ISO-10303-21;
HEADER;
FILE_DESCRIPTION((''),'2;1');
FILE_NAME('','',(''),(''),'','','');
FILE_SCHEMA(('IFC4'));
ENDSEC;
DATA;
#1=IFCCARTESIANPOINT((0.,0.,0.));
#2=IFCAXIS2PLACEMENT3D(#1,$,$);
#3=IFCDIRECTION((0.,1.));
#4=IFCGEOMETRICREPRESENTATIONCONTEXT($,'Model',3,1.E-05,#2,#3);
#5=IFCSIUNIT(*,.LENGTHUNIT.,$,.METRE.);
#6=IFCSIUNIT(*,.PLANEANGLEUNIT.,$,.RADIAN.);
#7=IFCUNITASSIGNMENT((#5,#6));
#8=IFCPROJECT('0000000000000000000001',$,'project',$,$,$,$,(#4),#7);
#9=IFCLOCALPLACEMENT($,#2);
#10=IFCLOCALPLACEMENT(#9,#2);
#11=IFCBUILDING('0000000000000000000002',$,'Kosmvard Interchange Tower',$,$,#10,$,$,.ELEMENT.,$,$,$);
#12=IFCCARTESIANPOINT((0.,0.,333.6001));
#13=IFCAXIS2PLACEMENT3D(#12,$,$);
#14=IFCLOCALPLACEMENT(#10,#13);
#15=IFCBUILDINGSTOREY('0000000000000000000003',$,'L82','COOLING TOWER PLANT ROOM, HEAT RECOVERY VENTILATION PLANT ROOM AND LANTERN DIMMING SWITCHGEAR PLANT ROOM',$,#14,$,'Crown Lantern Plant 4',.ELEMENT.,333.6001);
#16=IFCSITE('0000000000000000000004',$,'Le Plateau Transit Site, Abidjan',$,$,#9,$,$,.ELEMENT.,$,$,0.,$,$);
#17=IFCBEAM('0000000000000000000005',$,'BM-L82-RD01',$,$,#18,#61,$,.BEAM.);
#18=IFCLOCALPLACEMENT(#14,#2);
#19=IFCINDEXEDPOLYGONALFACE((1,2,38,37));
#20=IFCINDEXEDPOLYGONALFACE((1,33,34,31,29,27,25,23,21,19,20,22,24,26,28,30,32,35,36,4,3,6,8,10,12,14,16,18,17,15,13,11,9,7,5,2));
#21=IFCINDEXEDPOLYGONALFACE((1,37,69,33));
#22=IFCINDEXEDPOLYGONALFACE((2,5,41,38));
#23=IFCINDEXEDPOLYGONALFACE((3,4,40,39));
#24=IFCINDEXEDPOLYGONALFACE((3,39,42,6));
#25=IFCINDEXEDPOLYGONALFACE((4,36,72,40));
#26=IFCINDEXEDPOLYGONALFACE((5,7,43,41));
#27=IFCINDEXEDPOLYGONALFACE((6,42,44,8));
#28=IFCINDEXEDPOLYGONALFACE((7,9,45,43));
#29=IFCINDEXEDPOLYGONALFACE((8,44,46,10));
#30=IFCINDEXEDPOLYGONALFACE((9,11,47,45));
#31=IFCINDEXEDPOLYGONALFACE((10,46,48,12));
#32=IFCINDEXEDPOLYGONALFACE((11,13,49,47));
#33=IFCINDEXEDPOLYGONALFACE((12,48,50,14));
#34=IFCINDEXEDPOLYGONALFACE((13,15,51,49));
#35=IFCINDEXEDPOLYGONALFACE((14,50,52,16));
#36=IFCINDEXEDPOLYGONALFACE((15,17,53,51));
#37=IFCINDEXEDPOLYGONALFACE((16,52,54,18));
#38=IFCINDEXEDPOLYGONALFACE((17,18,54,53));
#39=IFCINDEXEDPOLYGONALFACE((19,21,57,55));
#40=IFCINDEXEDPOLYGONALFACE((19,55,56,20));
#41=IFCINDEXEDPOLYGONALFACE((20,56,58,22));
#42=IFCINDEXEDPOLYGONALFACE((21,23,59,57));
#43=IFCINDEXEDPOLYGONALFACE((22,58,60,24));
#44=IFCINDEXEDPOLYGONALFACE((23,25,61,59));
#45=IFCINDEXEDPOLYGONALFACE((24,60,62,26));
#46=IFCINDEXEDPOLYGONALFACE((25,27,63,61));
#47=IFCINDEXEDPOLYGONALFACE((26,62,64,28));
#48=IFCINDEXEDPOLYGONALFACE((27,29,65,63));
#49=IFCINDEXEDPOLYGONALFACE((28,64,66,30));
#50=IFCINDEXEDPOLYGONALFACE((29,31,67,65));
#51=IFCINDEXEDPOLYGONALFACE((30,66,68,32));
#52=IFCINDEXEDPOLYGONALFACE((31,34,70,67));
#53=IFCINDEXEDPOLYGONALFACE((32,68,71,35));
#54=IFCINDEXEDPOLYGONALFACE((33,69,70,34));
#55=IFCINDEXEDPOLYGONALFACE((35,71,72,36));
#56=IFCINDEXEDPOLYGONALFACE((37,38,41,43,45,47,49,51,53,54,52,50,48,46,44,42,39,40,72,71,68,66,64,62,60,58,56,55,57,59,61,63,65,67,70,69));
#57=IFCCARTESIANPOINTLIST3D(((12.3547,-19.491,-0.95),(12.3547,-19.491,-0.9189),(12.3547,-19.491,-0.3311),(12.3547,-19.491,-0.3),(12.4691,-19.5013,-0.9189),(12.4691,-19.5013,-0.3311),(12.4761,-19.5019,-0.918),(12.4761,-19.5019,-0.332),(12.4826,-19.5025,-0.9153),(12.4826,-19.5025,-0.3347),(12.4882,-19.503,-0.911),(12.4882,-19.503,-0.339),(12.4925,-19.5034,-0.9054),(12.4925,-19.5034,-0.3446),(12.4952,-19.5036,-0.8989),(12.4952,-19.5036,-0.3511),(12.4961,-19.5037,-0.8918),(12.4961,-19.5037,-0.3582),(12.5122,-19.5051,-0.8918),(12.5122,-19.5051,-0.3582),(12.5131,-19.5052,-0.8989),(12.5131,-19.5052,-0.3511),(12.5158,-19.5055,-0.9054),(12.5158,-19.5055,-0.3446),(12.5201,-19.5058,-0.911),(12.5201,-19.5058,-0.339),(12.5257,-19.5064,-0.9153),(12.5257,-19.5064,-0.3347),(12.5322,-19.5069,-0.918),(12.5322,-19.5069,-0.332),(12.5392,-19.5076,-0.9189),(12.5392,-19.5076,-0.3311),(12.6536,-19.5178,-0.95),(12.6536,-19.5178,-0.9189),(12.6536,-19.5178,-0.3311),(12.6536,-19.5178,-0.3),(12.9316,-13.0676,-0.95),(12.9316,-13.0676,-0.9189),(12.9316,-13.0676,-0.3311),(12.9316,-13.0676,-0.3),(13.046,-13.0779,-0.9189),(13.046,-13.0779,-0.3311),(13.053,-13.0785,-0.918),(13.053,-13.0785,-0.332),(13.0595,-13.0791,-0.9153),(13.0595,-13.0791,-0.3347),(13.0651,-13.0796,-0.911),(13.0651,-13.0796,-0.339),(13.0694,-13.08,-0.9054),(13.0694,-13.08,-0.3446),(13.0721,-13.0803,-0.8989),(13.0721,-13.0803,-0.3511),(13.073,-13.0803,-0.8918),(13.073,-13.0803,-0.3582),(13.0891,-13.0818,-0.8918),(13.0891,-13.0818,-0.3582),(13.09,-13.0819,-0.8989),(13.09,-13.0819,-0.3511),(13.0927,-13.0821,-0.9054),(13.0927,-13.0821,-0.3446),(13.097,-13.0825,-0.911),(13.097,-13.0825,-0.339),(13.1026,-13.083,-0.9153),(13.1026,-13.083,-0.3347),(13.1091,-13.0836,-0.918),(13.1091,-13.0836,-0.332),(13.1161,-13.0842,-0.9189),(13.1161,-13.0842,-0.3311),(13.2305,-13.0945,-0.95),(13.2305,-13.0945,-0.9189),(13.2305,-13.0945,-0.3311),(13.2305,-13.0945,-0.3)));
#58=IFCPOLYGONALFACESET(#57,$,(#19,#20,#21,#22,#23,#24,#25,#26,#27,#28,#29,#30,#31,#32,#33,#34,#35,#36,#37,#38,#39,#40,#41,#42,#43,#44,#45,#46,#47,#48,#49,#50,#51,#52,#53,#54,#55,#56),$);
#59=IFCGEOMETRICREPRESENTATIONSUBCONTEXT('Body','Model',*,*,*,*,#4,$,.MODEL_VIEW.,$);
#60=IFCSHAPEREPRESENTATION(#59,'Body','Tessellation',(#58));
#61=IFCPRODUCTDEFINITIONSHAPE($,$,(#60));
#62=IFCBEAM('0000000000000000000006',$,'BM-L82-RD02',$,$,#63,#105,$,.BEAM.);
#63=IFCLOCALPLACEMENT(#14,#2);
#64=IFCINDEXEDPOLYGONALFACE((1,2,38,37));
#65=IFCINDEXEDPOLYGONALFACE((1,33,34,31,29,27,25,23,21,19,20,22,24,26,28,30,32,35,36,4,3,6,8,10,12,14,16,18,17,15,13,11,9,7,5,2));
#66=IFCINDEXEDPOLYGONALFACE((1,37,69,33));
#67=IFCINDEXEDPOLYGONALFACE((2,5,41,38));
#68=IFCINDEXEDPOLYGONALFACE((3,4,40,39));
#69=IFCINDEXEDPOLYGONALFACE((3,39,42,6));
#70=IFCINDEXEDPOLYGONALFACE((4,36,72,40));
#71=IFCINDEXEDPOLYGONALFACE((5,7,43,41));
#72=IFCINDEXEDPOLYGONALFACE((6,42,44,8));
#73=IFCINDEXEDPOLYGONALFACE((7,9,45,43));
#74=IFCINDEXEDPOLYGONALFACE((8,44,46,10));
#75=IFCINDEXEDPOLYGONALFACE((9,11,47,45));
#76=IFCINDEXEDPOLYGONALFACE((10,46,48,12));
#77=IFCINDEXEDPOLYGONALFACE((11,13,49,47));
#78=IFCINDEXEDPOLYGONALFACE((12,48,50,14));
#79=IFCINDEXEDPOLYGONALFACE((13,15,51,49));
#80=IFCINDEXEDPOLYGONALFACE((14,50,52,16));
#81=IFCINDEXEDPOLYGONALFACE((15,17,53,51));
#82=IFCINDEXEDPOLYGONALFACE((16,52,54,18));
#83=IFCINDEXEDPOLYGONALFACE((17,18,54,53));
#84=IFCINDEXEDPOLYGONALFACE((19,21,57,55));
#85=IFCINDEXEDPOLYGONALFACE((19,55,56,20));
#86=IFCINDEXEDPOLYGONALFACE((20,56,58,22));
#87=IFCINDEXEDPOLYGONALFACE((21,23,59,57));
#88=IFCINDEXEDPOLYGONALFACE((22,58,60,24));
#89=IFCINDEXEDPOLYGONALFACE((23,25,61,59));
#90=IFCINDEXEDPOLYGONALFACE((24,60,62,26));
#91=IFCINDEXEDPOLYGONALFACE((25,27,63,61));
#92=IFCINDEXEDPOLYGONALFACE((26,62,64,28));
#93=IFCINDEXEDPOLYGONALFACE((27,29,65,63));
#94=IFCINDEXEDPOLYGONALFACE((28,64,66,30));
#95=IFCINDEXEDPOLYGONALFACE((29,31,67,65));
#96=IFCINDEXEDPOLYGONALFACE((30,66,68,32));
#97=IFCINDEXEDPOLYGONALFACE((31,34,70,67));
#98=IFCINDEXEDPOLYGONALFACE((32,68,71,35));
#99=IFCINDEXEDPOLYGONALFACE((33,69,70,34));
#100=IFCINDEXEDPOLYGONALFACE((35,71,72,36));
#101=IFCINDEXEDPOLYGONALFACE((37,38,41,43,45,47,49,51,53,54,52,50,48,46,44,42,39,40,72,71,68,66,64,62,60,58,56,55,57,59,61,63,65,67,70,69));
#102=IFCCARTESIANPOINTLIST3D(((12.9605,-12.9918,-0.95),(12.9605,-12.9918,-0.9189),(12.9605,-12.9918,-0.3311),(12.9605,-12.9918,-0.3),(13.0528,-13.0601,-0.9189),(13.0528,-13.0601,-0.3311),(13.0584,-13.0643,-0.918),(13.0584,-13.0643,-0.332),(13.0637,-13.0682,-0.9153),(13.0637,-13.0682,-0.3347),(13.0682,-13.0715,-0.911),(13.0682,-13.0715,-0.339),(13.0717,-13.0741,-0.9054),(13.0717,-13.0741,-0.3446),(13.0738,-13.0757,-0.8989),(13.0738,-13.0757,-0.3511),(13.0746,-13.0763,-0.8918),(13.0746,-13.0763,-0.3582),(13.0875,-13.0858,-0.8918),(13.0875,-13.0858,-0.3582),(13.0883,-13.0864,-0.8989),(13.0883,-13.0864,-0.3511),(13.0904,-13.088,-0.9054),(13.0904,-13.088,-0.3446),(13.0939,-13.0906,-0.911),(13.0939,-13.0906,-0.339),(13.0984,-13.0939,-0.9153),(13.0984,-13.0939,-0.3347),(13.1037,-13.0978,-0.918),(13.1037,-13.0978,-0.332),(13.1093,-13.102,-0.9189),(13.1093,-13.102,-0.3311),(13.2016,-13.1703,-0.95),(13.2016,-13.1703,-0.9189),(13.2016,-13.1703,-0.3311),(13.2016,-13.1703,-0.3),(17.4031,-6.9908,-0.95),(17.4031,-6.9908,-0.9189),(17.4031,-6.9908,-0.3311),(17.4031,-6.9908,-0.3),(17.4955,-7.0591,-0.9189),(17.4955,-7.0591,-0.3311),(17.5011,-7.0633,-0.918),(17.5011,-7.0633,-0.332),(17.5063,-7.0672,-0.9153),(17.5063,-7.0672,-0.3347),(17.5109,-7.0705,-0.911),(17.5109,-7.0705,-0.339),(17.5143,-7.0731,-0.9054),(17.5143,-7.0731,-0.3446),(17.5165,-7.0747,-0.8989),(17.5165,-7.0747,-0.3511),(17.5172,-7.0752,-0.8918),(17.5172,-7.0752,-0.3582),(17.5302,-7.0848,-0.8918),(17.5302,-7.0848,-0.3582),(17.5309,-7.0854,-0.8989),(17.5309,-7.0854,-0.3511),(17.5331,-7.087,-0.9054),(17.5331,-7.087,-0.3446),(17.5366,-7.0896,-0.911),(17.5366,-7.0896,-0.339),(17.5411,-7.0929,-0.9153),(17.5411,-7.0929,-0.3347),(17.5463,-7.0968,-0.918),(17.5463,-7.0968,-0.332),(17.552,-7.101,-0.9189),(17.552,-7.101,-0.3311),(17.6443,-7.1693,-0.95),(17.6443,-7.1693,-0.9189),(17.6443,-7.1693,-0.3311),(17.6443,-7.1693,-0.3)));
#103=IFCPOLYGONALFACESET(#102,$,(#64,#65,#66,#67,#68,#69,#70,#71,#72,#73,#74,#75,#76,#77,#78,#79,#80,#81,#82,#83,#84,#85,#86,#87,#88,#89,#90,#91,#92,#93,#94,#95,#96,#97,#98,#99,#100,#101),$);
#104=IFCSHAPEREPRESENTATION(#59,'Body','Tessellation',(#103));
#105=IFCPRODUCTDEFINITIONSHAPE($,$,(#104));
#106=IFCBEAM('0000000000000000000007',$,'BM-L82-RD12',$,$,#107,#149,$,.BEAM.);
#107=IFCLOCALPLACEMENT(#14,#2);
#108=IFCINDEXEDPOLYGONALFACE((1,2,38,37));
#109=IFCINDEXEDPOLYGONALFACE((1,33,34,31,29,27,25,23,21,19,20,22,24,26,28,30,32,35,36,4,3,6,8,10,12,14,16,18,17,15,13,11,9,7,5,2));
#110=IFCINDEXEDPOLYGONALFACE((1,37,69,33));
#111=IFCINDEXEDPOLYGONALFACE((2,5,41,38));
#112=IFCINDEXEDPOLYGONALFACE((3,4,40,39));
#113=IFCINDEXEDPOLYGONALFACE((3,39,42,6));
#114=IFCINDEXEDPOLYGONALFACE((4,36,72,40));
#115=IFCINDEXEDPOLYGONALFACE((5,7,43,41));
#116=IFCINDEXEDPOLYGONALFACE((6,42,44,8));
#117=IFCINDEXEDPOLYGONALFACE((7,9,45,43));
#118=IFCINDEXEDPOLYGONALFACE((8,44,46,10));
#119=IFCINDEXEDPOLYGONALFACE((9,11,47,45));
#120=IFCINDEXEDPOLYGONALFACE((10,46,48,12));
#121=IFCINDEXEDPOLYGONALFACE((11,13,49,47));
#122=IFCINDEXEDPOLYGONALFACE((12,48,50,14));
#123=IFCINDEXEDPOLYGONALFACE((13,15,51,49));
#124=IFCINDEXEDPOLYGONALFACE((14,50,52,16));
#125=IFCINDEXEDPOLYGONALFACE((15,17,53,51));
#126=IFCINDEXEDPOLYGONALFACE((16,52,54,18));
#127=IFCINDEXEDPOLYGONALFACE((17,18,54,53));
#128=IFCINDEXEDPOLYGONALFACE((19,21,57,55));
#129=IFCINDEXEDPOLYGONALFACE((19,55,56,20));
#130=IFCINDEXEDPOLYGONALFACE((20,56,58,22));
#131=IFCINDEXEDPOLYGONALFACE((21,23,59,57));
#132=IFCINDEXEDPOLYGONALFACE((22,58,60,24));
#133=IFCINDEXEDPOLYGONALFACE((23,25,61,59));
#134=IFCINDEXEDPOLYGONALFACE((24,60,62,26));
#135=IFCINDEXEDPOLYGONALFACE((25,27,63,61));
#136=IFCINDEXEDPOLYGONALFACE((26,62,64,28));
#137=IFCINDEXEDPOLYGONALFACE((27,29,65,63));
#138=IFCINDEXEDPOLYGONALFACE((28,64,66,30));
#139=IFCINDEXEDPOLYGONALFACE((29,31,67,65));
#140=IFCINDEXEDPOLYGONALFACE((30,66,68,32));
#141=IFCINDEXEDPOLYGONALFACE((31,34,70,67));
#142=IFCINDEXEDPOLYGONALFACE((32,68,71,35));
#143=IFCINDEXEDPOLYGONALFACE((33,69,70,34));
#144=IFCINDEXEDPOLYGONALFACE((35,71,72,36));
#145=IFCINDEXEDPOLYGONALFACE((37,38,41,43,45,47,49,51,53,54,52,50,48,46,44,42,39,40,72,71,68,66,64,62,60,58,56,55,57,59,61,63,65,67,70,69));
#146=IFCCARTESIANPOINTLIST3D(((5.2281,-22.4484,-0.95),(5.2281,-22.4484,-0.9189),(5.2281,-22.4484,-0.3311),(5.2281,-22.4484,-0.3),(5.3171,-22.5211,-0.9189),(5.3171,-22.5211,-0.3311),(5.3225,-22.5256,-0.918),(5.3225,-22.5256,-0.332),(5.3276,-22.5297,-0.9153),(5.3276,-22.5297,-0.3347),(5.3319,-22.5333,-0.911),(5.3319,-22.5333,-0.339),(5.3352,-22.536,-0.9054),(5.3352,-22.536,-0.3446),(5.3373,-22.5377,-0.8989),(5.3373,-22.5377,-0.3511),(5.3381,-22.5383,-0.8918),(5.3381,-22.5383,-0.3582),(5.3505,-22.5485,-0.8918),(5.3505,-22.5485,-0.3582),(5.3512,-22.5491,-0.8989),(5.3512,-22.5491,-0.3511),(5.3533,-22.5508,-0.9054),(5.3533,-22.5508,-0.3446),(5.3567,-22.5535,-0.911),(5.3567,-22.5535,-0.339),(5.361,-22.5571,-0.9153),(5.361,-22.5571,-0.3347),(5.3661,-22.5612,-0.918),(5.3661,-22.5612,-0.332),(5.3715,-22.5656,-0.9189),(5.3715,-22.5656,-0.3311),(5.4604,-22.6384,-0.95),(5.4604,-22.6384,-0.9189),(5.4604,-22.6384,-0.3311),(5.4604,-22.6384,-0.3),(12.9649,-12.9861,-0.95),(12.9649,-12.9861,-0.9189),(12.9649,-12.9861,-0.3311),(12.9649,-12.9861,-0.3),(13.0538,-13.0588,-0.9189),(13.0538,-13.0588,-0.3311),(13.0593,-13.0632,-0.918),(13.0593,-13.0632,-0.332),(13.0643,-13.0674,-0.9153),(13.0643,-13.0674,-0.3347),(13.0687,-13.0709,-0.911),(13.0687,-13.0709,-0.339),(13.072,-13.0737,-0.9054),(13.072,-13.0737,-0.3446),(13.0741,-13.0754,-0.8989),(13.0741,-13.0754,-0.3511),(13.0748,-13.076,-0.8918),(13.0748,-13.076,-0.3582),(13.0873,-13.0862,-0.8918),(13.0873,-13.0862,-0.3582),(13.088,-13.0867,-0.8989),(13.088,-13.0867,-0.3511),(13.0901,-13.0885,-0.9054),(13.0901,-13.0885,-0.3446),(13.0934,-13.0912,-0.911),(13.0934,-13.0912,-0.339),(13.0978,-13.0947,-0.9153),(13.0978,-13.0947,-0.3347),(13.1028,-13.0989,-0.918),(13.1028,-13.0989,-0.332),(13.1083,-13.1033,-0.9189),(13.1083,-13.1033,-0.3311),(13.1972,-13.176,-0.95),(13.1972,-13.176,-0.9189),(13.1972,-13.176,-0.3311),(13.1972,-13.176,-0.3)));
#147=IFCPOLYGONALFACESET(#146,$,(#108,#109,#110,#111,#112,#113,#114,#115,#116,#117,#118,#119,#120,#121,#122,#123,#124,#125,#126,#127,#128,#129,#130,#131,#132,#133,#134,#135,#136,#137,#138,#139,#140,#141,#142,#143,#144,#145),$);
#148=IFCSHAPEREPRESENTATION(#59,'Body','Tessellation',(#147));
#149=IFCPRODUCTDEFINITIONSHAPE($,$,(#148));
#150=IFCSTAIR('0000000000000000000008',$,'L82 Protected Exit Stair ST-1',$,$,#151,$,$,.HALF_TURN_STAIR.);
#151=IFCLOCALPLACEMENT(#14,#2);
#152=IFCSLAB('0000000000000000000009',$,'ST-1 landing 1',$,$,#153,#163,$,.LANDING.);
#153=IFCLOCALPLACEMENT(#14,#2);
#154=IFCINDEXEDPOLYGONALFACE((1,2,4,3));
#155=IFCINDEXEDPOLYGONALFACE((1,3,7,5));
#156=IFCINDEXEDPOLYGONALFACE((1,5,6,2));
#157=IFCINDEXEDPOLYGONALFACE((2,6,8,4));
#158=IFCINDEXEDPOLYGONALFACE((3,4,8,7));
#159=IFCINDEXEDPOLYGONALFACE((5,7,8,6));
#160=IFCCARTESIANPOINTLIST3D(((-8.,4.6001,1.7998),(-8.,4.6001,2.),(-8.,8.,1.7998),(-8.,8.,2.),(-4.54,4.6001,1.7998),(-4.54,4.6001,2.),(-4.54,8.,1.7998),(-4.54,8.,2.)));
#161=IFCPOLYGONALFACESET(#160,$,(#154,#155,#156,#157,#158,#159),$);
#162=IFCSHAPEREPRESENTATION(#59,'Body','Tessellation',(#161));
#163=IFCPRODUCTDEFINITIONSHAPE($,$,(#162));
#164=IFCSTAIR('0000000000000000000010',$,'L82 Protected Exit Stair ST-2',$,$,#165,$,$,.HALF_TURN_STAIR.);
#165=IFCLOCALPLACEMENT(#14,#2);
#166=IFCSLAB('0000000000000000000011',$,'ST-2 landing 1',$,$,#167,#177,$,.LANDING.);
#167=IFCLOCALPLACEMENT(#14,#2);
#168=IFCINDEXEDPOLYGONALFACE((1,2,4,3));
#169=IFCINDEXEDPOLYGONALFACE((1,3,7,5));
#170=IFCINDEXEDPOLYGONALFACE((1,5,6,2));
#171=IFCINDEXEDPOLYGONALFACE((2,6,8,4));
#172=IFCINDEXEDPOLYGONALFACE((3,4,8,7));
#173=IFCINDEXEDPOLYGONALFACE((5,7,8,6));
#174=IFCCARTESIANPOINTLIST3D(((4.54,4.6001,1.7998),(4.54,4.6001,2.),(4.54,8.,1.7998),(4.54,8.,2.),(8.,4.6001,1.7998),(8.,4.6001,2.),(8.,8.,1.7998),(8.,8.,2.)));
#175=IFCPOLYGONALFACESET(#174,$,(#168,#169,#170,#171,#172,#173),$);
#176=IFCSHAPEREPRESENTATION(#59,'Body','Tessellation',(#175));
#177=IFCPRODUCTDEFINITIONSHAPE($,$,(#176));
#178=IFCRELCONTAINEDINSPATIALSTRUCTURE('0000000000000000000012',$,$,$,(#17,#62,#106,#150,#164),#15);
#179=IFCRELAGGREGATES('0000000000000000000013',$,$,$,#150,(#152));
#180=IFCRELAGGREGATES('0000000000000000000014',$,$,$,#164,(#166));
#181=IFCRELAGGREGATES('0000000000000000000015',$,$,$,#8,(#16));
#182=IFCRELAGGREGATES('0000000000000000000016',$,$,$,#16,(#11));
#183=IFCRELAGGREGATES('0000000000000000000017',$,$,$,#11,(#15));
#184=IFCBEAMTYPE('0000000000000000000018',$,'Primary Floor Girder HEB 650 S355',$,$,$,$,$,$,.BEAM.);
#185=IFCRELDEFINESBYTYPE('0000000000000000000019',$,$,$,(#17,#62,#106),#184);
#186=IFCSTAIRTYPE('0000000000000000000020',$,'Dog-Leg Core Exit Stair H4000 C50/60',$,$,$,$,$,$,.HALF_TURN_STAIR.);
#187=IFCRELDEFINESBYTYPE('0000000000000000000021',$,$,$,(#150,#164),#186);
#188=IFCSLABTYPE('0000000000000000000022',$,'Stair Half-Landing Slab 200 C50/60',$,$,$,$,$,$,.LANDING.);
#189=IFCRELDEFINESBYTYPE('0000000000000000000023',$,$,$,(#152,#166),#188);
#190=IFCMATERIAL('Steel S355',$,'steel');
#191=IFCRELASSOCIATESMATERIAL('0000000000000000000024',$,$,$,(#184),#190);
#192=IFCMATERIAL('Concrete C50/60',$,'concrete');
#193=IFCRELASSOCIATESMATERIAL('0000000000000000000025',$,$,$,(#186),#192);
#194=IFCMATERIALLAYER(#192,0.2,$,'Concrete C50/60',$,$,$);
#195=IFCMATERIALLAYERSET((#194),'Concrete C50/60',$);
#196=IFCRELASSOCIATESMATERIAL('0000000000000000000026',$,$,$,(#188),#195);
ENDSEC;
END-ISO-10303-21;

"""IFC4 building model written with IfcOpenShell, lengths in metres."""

from ifc_helpers import new_model, si_unit, direction, frame, origin, origin_2d, place, context, subcontext, project, spatial, polyline, i_section, outline, extrude, source, transform, mapped, material, layer, layer_set, material_profile, profile_set, type_object, element, aggregate, save


model = new_model("IFC4")

# Units and contexts
model_context = context("Model", 3, precision=1e-05, world=origin(), true_north=direction((0.0, 1.0)))
body_context = subcontext(model_context, "Body", "Model", "MODEL_VIEW")
ifc_project = project(units=[si_unit("LENGTHUNIT", "METRE"), si_unit("PLANEANGLEUNIT", "RADIAN")], contexts=[model_context])

# Site, building, storey
site_placement = place(None, origin())
site = spatial("IfcSite", under=ifc_project, at=site_placement, Name="Le Plateau Transit Site, Abidjan", CompositionType="ELEMENT", RefElevation=0.0)
building_placement = place(site_placement, origin())
building = spatial("IfcBuilding", under=site, at=building_placement, Name="Kosmvard Interchange Tower", CompositionType="ELEMENT")
storey_placement = place(building_placement, frame((0.0, 0.0, 333.6001)))
storey = spatial("IfcBuildingStorey", under=building, at=storey_placement, Name="L82", Description="COOLING TOWER PLANT ROOM, HEAT RECOVERY VENTILATION PLANT ROOM AND LANTERN DIMMING SWITCHGEAR PLANT ROOM", LongName="Crown Lantern Plant 4", CompositionType="ELEMENT", Elevation=333.6001)

# Shared definitions
ifc_material_1 = material(Name="Concrete C50/60", Category="concrete")

# Beams
ifc_material_2 = material(Name="Steel S355", Category="steel")
ifc_material_profile_1 = material_profile(ifc_material_2, i_section(OverallWidth=0.3, OverallDepth=0.6499, WebThickness=0.0161, FlangeThickness=0.031, FilletRadius=0.0271, at=origin_2d()), Name="HEB 650")
ifc_profile_set_1 = profile_set([ifc_material_profile_1], Name="Steel S355")
beam_type_1 = type_object("IfcBeamType", Name="Primary Floor Girder HEB 650 S355", PredefinedType="BEAM", material=ifc_profile_set_1)
shared_shape_1 = source(origin(), body_context, "Body", "SweptSolid", [
    extrude(i_section(OverallWidth=0.3, OverallDepth=0.6499, WebThickness=0.0161, FlangeThickness=0.031, FilletRadius=0.0271, at=origin_2d()), origin(), (0.0, 0.0, 1.0), 6.4492),
])
beam_1_placement = place(storey_placement, frame((13.0811, -13.0811, -0.625), z_axis=(-0.089454, -0.995991, 0.0), x_axis=(0.995991, -0.089454, 0.0)))
element("IfcBeam", 1, at=beam_1_placement, inside=storey, type_object=beam_type_1, Name="BM-L82-RD01", PredefinedType="BEAM", context=body_context, shape_type="MappedRepresentation", body=[
    mapped(shared_shape_1, transform((0.0, 0.0, 0.0), scale=1.0)),
])
shared_shape_2 = source(origin(), body_context, "Body", "SweptSolid", [
    extrude(i_section(OverallWidth=0.3, OverallDepth=0.6499, WebThickness=0.0161, FlangeThickness=0.031, FilletRadius=0.0271, at=origin_2d()), origin(), (0.0, 0.0, 1.0), 7.4666),
])
beam_2_placement = place(storey_placement, frame((13.0811, -13.0811, -0.625), z_axis=(0.595008, 0.80372, 0.0), x_axis=(-0.80372, 0.595008, 0.0)))
element("IfcBeam", 2, at=beam_2_placement, inside=storey, type_object=beam_type_1, Name="BM-L82-RD02", PredefinedType="BEAM", context=body_context, shape_type="MappedRepresentation", body=[
    mapped(shared_shape_2, transform((0.0, 0.0, 0.0), scale=1.0)),
])
shared_shape_3 = source(origin(), body_context, "Body", "SweptSolid", [
    extrude(i_section(OverallWidth=0.3, OverallDepth=0.6499, WebThickness=0.0161, FlangeThickness=0.031, FilletRadius=0.0271, at=origin_2d()), origin(), (0.0, 0.0, 1.0), 12.2227),
])
beam_3_placement = place(storey_placement, frame((13.0811, -13.0811, -0.625), z_axis=(-0.632985, -0.774164, 0.0), x_axis=(0.774164, -0.632985, 0.0)))
element("IfcBeam", 3, at=beam_3_placement, inside=storey, type_object=beam_type_1, Name="BM-L82-RD12", PredefinedType="BEAM", context=body_context, shape_type="MappedRepresentation", body=[
    mapped(shared_shape_3, transform((0.0, 0.0, 0.0), scale=1.0)),
])

# Stairs, slabs
stair_type = type_object("IfcStairType", Name="Dog-Leg Core Exit Stair H4000 C50/60", PredefinedType="HALF_TURN_STAIR", material=ifc_material_1)
stair_1_placement = place(storey_placement, origin())
stair_1 = element("IfcStair", 4, at=stair_1_placement, inside=storey, type_object=stair_type, Name="L82 Protected Exit Stair ST-1", PredefinedType="HALF_TURN_STAIR")
ifc_layer_1 = layer(ifc_material_1, 0.2, Name="Concrete C50/60")
ifc_layer_set_1 = layer_set([ifc_layer_1], Name="Concrete C50/60")
slab_type = type_object("IfcSlabType", Name="Stair Half-Landing Slab 200 C50/60", PredefinedType="LANDING", material=ifc_layer_set_1)
slab_1_placement = place(storey_placement, frame((0.0, 0.0, 1.7998)))
slab_1 = element("IfcSlab", 5, at=slab_1_placement, type_object=slab_type, Name="ST-1 landing 1", PredefinedType="LANDING", context=body_context, shape_type="SweptSolid", body=[
    extrude(outline(polyline([(-4.54, 4.6001), (-4.54, 8.0), (-8.0, 8.0), (-8.0, 4.6001), (-4.54, 4.6001)])), origin(), (0.0, 0.0, 1.0), 0.2002),
])
aggregate(stair_1, [slab_1])
stair_2_placement = place(storey_placement, origin())
stair_2 = element("IfcStair", 6, at=stair_2_placement, inside=storey, type_object=stair_type, Name="L82 Protected Exit Stair ST-2", PredefinedType="HALF_TURN_STAIR")
slab_2_placement = place(storey_placement, frame((0.0, 0.0, 1.7998)))
slab_2 = element("IfcSlab", 7, at=slab_2_placement, type_object=slab_type, Name="ST-2 landing 1", PredefinedType="LANDING", context=body_context, shape_type="SweptSolid", body=[
    extrude(outline(polyline([(8.0, 4.6001), (8.0, 8.0), (4.54, 8.0), (4.54, 4.6001), (8.0, 4.6001)])), origin(), (0.0, 0.0, 1.0), 0.2002),
])
aggregate(stair_2, [slab_2])

save(model, "model.ifc")
